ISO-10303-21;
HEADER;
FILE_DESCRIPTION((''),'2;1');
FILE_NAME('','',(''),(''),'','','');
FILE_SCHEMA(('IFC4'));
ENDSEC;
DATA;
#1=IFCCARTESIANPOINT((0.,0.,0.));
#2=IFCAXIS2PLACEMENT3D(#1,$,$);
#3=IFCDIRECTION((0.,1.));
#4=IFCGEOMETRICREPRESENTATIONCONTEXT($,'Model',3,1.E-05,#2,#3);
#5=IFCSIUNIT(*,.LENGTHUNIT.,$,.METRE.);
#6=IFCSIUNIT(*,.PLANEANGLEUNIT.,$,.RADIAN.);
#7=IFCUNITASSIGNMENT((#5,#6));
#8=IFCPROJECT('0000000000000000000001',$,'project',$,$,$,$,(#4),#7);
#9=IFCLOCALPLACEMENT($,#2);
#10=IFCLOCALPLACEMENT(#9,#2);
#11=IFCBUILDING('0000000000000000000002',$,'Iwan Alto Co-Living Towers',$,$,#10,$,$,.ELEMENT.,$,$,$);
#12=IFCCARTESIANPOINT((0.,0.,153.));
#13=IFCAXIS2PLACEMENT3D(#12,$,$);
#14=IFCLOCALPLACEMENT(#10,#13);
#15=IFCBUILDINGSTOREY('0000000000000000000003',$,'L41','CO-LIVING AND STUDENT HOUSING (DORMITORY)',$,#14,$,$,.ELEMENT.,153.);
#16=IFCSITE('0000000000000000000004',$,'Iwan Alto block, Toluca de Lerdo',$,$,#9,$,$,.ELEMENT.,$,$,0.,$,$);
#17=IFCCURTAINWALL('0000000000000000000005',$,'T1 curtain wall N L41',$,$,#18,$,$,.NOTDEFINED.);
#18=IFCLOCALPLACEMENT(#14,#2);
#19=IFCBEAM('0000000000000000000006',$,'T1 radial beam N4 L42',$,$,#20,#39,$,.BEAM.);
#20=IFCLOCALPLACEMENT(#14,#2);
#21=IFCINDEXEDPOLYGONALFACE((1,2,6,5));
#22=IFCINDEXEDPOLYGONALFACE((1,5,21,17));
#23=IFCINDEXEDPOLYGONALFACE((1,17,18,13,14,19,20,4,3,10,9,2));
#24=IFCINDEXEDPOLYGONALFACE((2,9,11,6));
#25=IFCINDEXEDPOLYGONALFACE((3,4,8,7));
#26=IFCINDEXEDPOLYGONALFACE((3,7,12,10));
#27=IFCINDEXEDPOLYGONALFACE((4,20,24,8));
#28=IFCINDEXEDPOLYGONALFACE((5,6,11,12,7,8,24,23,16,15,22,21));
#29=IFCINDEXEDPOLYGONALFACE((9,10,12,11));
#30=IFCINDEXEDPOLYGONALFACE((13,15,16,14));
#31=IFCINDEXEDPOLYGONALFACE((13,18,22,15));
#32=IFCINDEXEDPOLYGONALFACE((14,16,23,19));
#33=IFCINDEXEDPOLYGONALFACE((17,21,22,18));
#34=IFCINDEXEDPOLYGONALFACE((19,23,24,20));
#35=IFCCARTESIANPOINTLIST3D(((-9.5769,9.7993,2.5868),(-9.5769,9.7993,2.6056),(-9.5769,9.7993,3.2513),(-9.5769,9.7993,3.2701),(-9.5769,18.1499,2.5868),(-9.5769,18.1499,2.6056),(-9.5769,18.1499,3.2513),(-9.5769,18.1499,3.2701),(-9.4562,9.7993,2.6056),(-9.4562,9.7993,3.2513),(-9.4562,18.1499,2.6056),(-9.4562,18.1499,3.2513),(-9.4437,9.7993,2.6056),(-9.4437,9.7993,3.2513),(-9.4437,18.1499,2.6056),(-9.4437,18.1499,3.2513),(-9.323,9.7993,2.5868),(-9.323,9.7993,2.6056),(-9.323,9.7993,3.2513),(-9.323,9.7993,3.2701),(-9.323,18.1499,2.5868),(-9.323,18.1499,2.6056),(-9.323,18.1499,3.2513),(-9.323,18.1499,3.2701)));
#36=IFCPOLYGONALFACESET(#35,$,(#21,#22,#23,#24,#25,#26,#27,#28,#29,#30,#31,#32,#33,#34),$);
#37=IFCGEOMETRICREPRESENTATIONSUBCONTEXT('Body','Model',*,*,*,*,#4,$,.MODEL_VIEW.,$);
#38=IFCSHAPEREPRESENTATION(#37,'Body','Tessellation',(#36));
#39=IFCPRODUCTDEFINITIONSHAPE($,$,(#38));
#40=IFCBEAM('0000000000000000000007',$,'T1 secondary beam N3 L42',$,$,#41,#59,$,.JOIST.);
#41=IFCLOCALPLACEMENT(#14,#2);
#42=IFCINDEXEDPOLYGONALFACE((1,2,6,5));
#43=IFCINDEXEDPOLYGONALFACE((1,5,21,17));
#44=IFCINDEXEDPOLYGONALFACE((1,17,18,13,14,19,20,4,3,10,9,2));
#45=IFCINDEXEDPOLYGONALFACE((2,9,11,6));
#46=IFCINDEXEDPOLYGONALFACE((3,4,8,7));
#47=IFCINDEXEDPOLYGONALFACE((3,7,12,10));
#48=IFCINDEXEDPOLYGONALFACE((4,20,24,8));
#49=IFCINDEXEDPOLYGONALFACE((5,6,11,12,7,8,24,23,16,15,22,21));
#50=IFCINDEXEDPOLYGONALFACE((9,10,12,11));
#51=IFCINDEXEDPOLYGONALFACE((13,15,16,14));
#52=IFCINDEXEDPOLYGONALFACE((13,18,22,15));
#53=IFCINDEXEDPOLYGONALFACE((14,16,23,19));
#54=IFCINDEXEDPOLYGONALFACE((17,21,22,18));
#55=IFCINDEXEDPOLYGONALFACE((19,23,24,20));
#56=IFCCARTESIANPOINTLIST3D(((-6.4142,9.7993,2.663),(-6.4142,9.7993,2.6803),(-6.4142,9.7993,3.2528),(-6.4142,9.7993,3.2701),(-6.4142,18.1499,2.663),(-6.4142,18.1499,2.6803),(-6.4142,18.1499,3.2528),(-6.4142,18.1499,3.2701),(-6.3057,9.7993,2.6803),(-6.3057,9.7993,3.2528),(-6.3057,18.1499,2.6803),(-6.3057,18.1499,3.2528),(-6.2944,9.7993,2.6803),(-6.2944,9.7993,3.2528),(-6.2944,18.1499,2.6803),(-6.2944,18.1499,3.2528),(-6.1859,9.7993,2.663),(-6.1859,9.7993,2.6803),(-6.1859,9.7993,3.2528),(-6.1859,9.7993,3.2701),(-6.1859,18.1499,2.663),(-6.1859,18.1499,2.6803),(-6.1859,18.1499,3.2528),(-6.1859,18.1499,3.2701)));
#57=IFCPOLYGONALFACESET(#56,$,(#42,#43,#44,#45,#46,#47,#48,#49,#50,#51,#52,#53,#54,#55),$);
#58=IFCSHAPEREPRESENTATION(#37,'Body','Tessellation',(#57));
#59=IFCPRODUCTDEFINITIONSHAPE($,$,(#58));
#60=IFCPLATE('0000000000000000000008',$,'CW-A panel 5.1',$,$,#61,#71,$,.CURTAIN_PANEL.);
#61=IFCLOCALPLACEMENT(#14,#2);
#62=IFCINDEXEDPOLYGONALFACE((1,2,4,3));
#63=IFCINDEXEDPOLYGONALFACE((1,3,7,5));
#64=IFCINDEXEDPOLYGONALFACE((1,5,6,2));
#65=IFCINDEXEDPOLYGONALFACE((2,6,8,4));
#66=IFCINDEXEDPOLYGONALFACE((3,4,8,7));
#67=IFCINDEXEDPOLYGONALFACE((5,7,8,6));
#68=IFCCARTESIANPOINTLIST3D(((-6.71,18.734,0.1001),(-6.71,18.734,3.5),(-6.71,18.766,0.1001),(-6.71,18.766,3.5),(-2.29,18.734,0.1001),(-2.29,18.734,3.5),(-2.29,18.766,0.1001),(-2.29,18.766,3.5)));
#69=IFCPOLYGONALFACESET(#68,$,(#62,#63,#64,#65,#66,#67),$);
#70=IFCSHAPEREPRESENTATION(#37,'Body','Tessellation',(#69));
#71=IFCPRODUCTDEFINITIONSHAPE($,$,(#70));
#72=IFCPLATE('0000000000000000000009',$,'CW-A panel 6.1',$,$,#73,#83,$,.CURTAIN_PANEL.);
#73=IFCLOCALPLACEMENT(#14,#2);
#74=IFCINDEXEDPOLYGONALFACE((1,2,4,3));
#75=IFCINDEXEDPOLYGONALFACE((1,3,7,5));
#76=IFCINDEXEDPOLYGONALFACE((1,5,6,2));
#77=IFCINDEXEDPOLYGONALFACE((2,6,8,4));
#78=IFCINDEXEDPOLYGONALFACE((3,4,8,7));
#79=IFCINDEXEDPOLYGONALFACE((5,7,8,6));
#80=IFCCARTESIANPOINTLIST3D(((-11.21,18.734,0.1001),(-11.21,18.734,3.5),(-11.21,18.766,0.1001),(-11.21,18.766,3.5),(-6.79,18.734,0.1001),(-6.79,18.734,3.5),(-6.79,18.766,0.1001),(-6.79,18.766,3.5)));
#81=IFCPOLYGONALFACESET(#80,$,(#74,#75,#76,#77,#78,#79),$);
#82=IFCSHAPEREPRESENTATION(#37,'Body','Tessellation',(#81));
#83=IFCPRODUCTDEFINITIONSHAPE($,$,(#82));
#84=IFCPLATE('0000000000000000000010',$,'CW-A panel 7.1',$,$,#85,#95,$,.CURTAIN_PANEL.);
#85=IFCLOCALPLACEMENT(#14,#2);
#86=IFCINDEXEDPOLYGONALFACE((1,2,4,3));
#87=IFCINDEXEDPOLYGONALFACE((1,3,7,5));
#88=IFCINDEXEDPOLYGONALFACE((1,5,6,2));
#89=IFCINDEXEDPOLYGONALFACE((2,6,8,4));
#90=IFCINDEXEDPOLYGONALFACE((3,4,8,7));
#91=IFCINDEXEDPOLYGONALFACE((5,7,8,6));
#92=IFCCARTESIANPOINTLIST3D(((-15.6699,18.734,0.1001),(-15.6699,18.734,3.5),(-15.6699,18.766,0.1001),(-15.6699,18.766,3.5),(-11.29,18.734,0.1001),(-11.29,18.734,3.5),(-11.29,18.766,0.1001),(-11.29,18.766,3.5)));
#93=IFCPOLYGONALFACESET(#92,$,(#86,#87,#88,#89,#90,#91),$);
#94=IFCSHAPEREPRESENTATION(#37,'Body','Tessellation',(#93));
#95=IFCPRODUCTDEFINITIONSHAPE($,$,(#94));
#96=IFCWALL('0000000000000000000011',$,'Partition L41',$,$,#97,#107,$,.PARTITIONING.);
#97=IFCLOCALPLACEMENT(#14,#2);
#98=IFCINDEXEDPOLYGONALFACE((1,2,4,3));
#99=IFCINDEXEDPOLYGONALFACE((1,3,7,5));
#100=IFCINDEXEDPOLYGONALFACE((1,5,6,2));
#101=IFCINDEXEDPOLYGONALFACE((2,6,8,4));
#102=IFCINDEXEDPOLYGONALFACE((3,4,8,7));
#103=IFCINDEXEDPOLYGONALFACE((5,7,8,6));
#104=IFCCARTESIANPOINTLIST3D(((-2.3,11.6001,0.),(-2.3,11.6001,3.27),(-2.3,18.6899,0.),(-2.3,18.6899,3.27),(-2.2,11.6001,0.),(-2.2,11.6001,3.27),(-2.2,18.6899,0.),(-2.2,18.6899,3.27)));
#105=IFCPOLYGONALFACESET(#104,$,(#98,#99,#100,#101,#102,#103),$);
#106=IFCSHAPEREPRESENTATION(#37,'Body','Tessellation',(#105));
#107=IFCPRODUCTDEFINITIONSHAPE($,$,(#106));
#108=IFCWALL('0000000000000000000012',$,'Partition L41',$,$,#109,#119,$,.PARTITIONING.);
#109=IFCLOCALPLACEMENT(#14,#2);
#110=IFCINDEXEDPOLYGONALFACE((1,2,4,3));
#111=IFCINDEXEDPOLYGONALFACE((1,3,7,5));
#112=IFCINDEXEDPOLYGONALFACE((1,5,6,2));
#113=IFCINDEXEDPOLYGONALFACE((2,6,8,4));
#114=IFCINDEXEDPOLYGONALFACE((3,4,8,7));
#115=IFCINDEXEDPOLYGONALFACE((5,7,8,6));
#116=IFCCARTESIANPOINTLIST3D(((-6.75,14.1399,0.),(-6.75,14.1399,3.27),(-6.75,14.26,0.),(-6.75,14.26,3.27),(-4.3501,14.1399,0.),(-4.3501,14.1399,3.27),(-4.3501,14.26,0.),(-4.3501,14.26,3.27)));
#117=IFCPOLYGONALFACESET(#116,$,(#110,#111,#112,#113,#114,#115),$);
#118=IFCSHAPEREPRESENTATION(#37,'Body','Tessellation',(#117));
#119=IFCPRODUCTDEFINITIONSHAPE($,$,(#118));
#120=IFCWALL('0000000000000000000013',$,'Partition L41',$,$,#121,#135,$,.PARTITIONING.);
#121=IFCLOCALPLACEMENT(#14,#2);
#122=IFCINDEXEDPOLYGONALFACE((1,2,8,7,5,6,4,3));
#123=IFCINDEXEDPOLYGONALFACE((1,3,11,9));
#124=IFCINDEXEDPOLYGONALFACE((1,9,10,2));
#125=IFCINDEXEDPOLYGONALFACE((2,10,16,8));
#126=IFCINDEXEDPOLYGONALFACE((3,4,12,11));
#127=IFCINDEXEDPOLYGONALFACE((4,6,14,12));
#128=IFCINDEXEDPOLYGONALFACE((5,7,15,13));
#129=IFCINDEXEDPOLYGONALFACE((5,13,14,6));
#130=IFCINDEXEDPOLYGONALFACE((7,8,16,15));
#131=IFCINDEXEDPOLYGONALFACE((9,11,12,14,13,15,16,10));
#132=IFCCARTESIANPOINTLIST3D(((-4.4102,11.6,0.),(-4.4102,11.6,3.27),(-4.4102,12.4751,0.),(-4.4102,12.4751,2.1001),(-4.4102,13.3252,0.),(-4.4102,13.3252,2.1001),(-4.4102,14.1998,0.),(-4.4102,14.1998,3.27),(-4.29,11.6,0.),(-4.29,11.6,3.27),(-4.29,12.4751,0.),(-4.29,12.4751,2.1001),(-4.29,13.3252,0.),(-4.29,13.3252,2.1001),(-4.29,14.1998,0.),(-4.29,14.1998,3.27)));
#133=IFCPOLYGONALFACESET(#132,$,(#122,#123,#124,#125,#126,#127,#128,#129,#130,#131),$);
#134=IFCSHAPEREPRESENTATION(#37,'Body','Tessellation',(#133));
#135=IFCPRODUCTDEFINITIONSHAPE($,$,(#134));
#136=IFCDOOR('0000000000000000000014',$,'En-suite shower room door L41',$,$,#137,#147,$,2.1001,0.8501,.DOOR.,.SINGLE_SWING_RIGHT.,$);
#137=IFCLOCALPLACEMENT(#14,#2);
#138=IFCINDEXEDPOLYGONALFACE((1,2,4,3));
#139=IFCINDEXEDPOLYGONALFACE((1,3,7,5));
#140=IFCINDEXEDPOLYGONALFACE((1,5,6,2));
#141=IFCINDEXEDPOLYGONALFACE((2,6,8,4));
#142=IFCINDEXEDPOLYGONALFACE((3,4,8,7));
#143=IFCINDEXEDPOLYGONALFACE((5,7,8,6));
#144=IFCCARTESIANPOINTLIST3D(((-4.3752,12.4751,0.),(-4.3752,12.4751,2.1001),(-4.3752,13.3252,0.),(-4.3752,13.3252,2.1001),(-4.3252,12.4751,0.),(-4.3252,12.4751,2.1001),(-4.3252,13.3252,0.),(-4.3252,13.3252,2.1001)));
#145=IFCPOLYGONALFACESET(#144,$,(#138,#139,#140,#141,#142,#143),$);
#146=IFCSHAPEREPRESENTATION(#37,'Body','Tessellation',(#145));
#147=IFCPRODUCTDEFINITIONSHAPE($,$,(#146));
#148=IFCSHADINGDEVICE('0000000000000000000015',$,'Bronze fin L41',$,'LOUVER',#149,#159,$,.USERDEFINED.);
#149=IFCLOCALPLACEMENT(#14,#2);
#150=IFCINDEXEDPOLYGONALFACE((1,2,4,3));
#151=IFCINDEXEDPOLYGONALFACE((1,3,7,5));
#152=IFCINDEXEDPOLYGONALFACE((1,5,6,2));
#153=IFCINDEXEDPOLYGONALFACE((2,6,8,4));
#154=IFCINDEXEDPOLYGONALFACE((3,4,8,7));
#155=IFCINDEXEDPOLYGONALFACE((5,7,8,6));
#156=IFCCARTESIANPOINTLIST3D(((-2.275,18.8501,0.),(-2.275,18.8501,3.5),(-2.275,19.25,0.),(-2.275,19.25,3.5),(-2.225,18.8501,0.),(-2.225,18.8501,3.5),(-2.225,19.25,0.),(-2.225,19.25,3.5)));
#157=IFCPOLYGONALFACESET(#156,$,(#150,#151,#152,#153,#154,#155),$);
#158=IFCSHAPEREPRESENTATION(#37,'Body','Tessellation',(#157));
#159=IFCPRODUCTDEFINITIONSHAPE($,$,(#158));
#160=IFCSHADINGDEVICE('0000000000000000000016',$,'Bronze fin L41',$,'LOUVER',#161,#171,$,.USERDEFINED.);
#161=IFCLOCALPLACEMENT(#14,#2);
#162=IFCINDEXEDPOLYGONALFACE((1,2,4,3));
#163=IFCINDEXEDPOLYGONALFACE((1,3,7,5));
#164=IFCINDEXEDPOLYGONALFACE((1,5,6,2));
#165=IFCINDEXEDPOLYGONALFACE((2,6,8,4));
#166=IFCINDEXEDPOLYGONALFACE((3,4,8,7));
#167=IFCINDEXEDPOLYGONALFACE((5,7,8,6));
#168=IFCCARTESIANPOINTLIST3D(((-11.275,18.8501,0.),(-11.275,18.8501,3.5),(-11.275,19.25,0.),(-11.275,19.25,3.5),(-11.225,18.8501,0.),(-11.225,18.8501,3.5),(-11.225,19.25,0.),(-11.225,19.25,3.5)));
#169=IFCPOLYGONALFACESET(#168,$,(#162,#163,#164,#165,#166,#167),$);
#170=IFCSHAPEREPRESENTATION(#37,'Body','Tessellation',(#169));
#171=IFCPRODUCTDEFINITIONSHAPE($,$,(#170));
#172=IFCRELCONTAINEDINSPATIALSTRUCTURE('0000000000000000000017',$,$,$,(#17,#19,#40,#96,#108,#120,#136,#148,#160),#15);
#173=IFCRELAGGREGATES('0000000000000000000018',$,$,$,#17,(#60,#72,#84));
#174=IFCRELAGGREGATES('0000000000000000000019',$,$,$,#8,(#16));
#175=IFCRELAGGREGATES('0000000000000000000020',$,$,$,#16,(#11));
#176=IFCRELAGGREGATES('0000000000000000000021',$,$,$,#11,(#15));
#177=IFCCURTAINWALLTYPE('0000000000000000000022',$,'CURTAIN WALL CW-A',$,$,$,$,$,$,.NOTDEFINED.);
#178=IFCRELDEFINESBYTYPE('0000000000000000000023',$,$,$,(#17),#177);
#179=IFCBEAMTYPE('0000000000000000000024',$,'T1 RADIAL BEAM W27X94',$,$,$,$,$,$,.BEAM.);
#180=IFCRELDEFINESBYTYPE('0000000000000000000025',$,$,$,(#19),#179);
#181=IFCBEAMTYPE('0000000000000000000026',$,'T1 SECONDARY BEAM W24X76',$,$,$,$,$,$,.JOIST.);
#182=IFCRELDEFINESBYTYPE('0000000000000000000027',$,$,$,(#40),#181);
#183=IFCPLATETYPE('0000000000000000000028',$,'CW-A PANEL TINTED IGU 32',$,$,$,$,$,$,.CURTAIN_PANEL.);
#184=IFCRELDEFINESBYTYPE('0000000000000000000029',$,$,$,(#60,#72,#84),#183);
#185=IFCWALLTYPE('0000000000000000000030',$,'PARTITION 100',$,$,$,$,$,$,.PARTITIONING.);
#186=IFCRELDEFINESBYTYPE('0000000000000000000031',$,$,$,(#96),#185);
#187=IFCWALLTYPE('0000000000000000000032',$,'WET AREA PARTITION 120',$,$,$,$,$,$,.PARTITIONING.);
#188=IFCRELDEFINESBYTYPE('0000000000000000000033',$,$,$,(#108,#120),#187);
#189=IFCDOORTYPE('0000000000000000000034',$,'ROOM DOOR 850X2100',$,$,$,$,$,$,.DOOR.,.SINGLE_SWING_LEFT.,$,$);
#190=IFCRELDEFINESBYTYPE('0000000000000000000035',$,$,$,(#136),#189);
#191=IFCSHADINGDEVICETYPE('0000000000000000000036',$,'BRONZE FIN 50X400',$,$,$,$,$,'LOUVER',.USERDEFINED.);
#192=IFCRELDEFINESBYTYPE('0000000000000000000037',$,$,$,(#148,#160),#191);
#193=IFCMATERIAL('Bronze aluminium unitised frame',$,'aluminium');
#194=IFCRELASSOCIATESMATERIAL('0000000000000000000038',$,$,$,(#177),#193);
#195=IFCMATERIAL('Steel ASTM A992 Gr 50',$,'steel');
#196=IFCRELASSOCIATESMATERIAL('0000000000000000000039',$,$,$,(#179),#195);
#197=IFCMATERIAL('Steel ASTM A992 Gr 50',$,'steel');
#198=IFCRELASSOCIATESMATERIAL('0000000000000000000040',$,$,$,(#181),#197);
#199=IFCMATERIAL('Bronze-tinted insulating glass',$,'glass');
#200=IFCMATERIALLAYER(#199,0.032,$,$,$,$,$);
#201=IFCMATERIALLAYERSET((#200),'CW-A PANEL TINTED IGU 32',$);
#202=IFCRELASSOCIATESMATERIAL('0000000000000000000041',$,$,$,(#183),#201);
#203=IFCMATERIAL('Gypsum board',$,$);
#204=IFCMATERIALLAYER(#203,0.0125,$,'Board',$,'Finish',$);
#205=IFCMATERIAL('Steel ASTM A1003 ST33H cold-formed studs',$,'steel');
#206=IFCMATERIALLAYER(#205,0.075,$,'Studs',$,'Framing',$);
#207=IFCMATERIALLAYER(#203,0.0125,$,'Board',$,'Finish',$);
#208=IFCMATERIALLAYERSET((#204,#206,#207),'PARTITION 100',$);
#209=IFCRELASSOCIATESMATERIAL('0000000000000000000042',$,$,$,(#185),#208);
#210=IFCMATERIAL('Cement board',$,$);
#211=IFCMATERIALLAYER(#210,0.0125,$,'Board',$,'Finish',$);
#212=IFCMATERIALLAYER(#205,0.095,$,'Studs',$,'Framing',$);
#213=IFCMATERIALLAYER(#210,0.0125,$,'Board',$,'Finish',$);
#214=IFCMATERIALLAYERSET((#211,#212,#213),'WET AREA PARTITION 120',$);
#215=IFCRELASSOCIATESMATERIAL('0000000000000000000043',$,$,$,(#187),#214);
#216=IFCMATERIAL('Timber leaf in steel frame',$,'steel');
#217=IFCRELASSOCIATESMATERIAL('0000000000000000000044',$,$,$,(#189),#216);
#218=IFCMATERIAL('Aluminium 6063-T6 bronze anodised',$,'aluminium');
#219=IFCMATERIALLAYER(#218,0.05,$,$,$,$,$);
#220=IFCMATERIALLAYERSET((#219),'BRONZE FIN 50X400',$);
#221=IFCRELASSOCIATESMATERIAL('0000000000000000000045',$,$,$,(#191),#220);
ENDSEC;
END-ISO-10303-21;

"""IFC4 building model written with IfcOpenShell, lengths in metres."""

from ifc_helpers import new_model, si_unit, direction, frame, frame_2d, origin, origin_2d, place, context, subcontext, project, spatial, rectangle, i_section, extrude, material, layer, layer_set, material_profile, profile_set, type_object, element, fill, aggregate, save


model = new_model("IFC4")

# Units and contexts
model_context = context("Model", 3, precision=1e-05, world=origin(), true_north=direction((0.0, 1.0)))
body_context = subcontext(model_context, "Body", "Model", "MODEL_VIEW")
ifc_project = project(units=[si_unit("LENGTHUNIT", "METRE"), si_unit("PLANEANGLEUNIT", "RADIAN")], contexts=[model_context])

# Site, building, storey
site_placement = place(None, origin())
site = spatial("IfcSite", under=ifc_project, at=site_placement, Name="Iwan Alto block, Toluca de Lerdo", CompositionType="ELEMENT", RefElevation=0.0)
building_placement = place(site_placement, origin())
building = spatial("IfcBuilding", under=site, at=building_placement, Name="Iwan Alto Co-Living Towers", CompositionType="ELEMENT")
storey_placement = place(building_placement, frame((0.0, 0.0, 153.0)))
storey = spatial("IfcBuildingStorey", under=building, at=storey_placement, Name="L41", Description="CO-LIVING AND STUDENT HOUSING (DORMITORY)", CompositionType="ELEMENT", Elevation=153.0)

# Curtain wall
ifc_material_1 = material(Name="Bronze aluminium unitised frame", Category="aluminium")
curtain_wall_type = type_object("IfcCurtainWallType", Name="CURTAIN WALL CW-A", PredefinedType="NOTDEFINED", material=ifc_material_1)
curtain_wall_placement = place(storey_placement, origin())
curtain_wall = element("IfcCurtainWall", 1, at=curtain_wall_placement, inside=storey, type_object=curtain_wall_type, Name="T1 curtain wall N L41", PredefinedType="NOTDEFINED")

# Beams
ifc_material_2 = material(Name="Steel ASTM A992 Gr 50", Category="steel")
ifc_material_profile_1 = material_profile(ifc_material_2, i_section(OverallWidth=0.2539, OverallDepth=0.6833, WebThickness=0.0125, FlangeThickness=0.0188, at=origin_2d()), Name="W27X94")
ifc_profile_set_1 = profile_set([ifc_material_profile_1], Name="Steel ASTM A992 Gr 50")
beam_type_1 = type_object("IfcBeamType", Name="T1 RADIAL BEAM W27X94", PredefinedType="BEAM", material=ifc_profile_set_1)
for number, where, z_axis, x_axis, name in (
    (2, (-9.45, 18.1499, 2.9285), (0.0, -1.0, 0.0), (1.0, 0.0, 0.0), "T1 radial beam N4 L42"),
):
    element("IfcBeam", number, at=place(storey_placement, frame(where, z_axis=z_axis, x_axis=x_axis)), inside=storey, type_object=beam_type_1, Name=name, PredefinedType="BEAM", context=body_context, shape_type="SweptSolid", body=[
        extrude(i_section(OverallWidth=0.2539, OverallDepth=0.6833, WebThickness=0.0125, FlangeThickness=0.0188, at=origin_2d()), origin(), (0.0, 0.0, 1.0), 8.3506),
    ])
ifc_material_3 = material(Name="Steel ASTM A992 Gr 50", Category="steel")
ifc_material_profile_2 = material_profile(ifc_material_3, i_section(OverallWidth=0.2283, OverallDepth=0.6072, WebThickness=0.0112, FlangeThickness=0.0173, at=origin_2d()), Name="W24X76")
ifc_profile_set_2 = profile_set([ifc_material_profile_2], Name="Steel ASTM A992 Gr 50")
beam_type_2 = type_object("IfcBeamType", Name="T1 SECONDARY BEAM W24X76", PredefinedType="JOIST", material=ifc_profile_set_2)
beam_1_placement = place(storey_placement, frame((-6.3, 18.1499, 2.9666), z_axis=(0.0, -1.0, 0.0), x_axis=(1.0, 0.0, 0.0)))
element("IfcBeam", 3, at=beam_1_placement, inside=storey, type_object=beam_type_2, Name="T1 secondary beam N3 L42", PredefinedType="JOIST", context=body_context, shape_type="SweptSolid", body=[
    extrude(i_section(OverallWidth=0.2283, OverallDepth=0.6072, WebThickness=0.0112, FlangeThickness=0.0173, at=origin_2d()), origin(), (0.0, 0.0, 1.0), 8.3506),
])

# Plates
ifc_material_4 = material(Name="Bronze-tinted insulating glass", Category="glass")
ifc_layer_1 = layer(ifc_material_4, 0.032)
ifc_layer_set_1 = layer_set([ifc_layer_1], Name="CW-A PANEL TINTED IGU 32")
plate_type = type_object("IfcPlateType", Name="CW-A PANEL TINTED IGU 32", PredefinedType="CURTAIN_PANEL", material=ifc_layer_set_1)
plate_1_placement = place(storey_placement, frame((-4.5, 18.75, 0.1001), z_axis=(0.0, 0.0, 1.0), x_axis=(-1.0, 0.0, 0.0)))
plate_1 = element("IfcPlate", 4, at=plate_1_placement, type_object=plate_type, Name="CW-A panel 5.1", PredefinedType="CURTAIN_PANEL", context=body_context, shape_type="SweptSolid", body=[
    extrude(rectangle(XDim=4.4199, YDim=0.032, at=origin_2d()), origin(), (0.0, 0.0, 1.0), 3.3999),
])
plate_2_placement = place(storey_placement, frame((-9.0, 18.75, 0.1001), z_axis=(0.0, 0.0, 1.0), x_axis=(-1.0, 0.0, 0.0)))
plate_2 = element("IfcPlate", 5, at=plate_2_placement, type_object=plate_type, Name="CW-A panel 6.1", PredefinedType="CURTAIN_PANEL", context=body_context, shape_type="SweptSolid", body=[
    extrude(rectangle(XDim=4.4199, YDim=0.032, at=origin_2d()), origin(), (0.0, 0.0, 1.0), 3.3999),
])
plate_3_placement = place(storey_placement, frame((-13.48, 18.75, 0.1001), z_axis=(0.0, 0.0, 1.0), x_axis=(-1.0, 0.0, 0.0)))
plate_3 = element("IfcPlate", 6, at=plate_3_placement, type_object=plate_type, Name="CW-A panel 7.1", PredefinedType="CURTAIN_PANEL", context=body_context, shape_type="SweptSolid", body=[
    extrude(rectangle(XDim=4.3799, YDim=0.032, at=origin_2d()), origin(), (0.0, 0.0, 1.0), 3.3999),
])
aggregate(curtain_wall, [plate_1, plate_2, plate_3])

# Walls
ifc_material_5 = material(Name="Gypsum board")
ifc_layer_2 = layer(ifc_material_5, 0.0125, Name="Board", Category="Finish")
ifc_material_6 = material(Name="Steel ASTM A1003 ST33H cold-formed studs", Category="steel")
ifc_layer_3 = layer(ifc_material_6, 0.075, Name="Studs", Category="Framing")
ifc_layer_4 = layer(ifc_material_5, 0.0125, Name="Board", Category="Finish")
ifc_layer_set_2 = layer_set([ifc_layer_2, ifc_layer_3, ifc_layer_4], Name="PARTITION 100")
wall_type_1 = type_object("IfcWallType", Name="PARTITION 100", PredefinedType="PARTITIONING", material=ifc_layer_set_2)
wall_1_placement = place(storey_placement, frame((-2.25, 11.6001, 0.0), z_axis=(0.0, 0.0, 1.0), x_axis=(0.0, 1.0, 0.0)))
element("IfcWall", 7, at=wall_1_placement, inside=storey, type_object=wall_type_1, Name="Partition L41", PredefinedType="PARTITIONING", context=body_context, shape_type="SweptSolid", body=[
    extrude(rectangle(XDim=7.0898, YDim=0.1001, at=frame_2d((3.5449, 0.0))), origin(), (0.0, 0.0, 1.0), 3.27),
])
ifc_material_7 = material(Name="Cement board")
ifc_layer_5 = layer(ifc_material_7, 0.0125, Name="Board", Category="Finish")
ifc_layer_6 = layer(ifc_material_6, 0.095, Name="Studs", Category="Framing")
ifc_layer_7 = layer(ifc_material_7, 0.0125, Name="Board", Category="Finish")
ifc_layer_set_3 = layer_set([ifc_layer_5, ifc_layer_6, ifc_layer_7], Name="WET AREA PARTITION 120")
wall_type_2 = type_object("IfcWallType", Name="WET AREA PARTITION 120", PredefinedType="PARTITIONING", material=ifc_layer_set_3)
wall_2_placement = place(storey_placement, frame((-6.75, 14.2, 0.0), z_axis=(0.0, 0.0, 1.0), x_axis=(1.0, 0.0, 0.0)))
element("IfcWall", 8, at=wall_2_placement, inside=storey, type_object=wall_type_2, Name="Partition L41", PredefinedType="PARTITIONING", context=body_context, shape_type="SweptSolid", body=[
    extrude(rectangle(XDim=2.3999, YDim=0.1201, at=frame_2d((1.2, 0.0))), origin(), (0.0, 0.0, 1.0), 3.27),
])

# Wall, opening, door
wall_3_placement = place(storey_placement, frame((-4.3501, 11.6001, 0.0), z_axis=(0.0, 0.0, 1.0), x_axis=(0.0, 1.0, 0.0)))
wall_3 = element("IfcWall", 9, at=wall_3_placement, inside=storey, type_object=wall_type_2, Name="Partition L41", PredefinedType="PARTITIONING", context=body_context, shape_type="SweptSolid", body=[
    extrude(rectangle(XDim=2.5999, YDim=0.1201, at=frame_2d((1.2998, 0.0))), origin(), (0.0, 0.0, 1.0), 3.27),
])
opening_placement = place(wall_3_placement, frame((0.875, 0.0, 0.0)))
opening = element("IfcOpeningElement", 10, at=opening_placement, cuts=wall_3, PredefinedType="OPENING", context=body_context, shape_type="SweptSolid", body=[
    extrude(rectangle(XDim=0.8501, YDim=2.1001, at=frame_2d((0.425, 1.05))), frame((0.0, 0.0701, 0.0), z_axis=(0.0, -1.0, 0.0), x_axis=(1.0, 0.0, 0.0)), (0.0, 0.0, 1.0), 0.1401),
])
ifc_material_8 = material(Name="Timber leaf in steel frame", Category="steel")
door_type = type_object("IfcDoorType", Name="ROOM DOOR 850X2100", OperationType="SINGLE_SWING_LEFT", PredefinedType="DOOR", material=ifc_material_8)
door_placement = place(opening_placement, frame((0.8501, 0.0, 0.0), z_axis=(0.0, 0.0, 1.0), x_axis=(-1.0, 0.0, 0.0)))
door = element("IfcDoor", 11, at=door_placement, inside=storey, type_object=door_type, Name="En-suite shower room door L41", OperationType="SINGLE_SWING_RIGHT", OverallHeight=2.1001, OverallWidth=0.8501, PredefinedType="DOOR", context=body_context, shape_type="SweptSolid", body=[
    extrude(rectangle(XDim=0.8501, YDim=2.1001, at=frame_2d((0.425, 1.05))), frame((0.0, 0.0249, 0.0), z_axis=(0.0, -1.0, 0.0), x_axis=(1.0, 0.0, 0.0)), (0.0, 0.0, 1.0), 0.05),
])
fill(opening, door)

# Shading devices
ifc_material_9 = material(Name="Aluminium 6063-T6 bronze anodised", Category="aluminium")
ifc_layer_8 = layer(ifc_material_9, 0.05)
ifc_layer_set_4 = layer_set([ifc_layer_8], Name="BRONZE FIN 50X400")
shading_device_type = type_object("IfcShadingDeviceType", Name="BRONZE FIN 50X400", ElementType="LOUVER", PredefinedType="USERDEFINED", material=ifc_layer_set_4)
for number, where, z_axis, x_axis, name in (
    (12, (-2.25, 19.05, 0.0), (0.0, 0.0, 1.0), (-1.0, 0.0, 0.0), "Bronze fin L41"),
    (13, (-11.25, 19.05, 0.0), (0.0, 0.0, 1.0), (-1.0, 0.0, 0.0), "Bronze fin L41"),
):
    element("IfcShadingDevice", number, at=place(storey_placement, frame(where, z_axis=z_axis, x_axis=x_axis)), inside=storey, type_object=shading_device_type, Name=name, ObjectType="LOUVER", PredefinedType="USERDEFINED", context=body_context, shape_type="SweptSolid", body=[
        extrude(rectangle(XDim=0.05, YDim=0.3999, at=origin_2d()), origin(), (0.0, 0.0, 1.0), 3.5),
    ])

save(model, "model.ifc")
